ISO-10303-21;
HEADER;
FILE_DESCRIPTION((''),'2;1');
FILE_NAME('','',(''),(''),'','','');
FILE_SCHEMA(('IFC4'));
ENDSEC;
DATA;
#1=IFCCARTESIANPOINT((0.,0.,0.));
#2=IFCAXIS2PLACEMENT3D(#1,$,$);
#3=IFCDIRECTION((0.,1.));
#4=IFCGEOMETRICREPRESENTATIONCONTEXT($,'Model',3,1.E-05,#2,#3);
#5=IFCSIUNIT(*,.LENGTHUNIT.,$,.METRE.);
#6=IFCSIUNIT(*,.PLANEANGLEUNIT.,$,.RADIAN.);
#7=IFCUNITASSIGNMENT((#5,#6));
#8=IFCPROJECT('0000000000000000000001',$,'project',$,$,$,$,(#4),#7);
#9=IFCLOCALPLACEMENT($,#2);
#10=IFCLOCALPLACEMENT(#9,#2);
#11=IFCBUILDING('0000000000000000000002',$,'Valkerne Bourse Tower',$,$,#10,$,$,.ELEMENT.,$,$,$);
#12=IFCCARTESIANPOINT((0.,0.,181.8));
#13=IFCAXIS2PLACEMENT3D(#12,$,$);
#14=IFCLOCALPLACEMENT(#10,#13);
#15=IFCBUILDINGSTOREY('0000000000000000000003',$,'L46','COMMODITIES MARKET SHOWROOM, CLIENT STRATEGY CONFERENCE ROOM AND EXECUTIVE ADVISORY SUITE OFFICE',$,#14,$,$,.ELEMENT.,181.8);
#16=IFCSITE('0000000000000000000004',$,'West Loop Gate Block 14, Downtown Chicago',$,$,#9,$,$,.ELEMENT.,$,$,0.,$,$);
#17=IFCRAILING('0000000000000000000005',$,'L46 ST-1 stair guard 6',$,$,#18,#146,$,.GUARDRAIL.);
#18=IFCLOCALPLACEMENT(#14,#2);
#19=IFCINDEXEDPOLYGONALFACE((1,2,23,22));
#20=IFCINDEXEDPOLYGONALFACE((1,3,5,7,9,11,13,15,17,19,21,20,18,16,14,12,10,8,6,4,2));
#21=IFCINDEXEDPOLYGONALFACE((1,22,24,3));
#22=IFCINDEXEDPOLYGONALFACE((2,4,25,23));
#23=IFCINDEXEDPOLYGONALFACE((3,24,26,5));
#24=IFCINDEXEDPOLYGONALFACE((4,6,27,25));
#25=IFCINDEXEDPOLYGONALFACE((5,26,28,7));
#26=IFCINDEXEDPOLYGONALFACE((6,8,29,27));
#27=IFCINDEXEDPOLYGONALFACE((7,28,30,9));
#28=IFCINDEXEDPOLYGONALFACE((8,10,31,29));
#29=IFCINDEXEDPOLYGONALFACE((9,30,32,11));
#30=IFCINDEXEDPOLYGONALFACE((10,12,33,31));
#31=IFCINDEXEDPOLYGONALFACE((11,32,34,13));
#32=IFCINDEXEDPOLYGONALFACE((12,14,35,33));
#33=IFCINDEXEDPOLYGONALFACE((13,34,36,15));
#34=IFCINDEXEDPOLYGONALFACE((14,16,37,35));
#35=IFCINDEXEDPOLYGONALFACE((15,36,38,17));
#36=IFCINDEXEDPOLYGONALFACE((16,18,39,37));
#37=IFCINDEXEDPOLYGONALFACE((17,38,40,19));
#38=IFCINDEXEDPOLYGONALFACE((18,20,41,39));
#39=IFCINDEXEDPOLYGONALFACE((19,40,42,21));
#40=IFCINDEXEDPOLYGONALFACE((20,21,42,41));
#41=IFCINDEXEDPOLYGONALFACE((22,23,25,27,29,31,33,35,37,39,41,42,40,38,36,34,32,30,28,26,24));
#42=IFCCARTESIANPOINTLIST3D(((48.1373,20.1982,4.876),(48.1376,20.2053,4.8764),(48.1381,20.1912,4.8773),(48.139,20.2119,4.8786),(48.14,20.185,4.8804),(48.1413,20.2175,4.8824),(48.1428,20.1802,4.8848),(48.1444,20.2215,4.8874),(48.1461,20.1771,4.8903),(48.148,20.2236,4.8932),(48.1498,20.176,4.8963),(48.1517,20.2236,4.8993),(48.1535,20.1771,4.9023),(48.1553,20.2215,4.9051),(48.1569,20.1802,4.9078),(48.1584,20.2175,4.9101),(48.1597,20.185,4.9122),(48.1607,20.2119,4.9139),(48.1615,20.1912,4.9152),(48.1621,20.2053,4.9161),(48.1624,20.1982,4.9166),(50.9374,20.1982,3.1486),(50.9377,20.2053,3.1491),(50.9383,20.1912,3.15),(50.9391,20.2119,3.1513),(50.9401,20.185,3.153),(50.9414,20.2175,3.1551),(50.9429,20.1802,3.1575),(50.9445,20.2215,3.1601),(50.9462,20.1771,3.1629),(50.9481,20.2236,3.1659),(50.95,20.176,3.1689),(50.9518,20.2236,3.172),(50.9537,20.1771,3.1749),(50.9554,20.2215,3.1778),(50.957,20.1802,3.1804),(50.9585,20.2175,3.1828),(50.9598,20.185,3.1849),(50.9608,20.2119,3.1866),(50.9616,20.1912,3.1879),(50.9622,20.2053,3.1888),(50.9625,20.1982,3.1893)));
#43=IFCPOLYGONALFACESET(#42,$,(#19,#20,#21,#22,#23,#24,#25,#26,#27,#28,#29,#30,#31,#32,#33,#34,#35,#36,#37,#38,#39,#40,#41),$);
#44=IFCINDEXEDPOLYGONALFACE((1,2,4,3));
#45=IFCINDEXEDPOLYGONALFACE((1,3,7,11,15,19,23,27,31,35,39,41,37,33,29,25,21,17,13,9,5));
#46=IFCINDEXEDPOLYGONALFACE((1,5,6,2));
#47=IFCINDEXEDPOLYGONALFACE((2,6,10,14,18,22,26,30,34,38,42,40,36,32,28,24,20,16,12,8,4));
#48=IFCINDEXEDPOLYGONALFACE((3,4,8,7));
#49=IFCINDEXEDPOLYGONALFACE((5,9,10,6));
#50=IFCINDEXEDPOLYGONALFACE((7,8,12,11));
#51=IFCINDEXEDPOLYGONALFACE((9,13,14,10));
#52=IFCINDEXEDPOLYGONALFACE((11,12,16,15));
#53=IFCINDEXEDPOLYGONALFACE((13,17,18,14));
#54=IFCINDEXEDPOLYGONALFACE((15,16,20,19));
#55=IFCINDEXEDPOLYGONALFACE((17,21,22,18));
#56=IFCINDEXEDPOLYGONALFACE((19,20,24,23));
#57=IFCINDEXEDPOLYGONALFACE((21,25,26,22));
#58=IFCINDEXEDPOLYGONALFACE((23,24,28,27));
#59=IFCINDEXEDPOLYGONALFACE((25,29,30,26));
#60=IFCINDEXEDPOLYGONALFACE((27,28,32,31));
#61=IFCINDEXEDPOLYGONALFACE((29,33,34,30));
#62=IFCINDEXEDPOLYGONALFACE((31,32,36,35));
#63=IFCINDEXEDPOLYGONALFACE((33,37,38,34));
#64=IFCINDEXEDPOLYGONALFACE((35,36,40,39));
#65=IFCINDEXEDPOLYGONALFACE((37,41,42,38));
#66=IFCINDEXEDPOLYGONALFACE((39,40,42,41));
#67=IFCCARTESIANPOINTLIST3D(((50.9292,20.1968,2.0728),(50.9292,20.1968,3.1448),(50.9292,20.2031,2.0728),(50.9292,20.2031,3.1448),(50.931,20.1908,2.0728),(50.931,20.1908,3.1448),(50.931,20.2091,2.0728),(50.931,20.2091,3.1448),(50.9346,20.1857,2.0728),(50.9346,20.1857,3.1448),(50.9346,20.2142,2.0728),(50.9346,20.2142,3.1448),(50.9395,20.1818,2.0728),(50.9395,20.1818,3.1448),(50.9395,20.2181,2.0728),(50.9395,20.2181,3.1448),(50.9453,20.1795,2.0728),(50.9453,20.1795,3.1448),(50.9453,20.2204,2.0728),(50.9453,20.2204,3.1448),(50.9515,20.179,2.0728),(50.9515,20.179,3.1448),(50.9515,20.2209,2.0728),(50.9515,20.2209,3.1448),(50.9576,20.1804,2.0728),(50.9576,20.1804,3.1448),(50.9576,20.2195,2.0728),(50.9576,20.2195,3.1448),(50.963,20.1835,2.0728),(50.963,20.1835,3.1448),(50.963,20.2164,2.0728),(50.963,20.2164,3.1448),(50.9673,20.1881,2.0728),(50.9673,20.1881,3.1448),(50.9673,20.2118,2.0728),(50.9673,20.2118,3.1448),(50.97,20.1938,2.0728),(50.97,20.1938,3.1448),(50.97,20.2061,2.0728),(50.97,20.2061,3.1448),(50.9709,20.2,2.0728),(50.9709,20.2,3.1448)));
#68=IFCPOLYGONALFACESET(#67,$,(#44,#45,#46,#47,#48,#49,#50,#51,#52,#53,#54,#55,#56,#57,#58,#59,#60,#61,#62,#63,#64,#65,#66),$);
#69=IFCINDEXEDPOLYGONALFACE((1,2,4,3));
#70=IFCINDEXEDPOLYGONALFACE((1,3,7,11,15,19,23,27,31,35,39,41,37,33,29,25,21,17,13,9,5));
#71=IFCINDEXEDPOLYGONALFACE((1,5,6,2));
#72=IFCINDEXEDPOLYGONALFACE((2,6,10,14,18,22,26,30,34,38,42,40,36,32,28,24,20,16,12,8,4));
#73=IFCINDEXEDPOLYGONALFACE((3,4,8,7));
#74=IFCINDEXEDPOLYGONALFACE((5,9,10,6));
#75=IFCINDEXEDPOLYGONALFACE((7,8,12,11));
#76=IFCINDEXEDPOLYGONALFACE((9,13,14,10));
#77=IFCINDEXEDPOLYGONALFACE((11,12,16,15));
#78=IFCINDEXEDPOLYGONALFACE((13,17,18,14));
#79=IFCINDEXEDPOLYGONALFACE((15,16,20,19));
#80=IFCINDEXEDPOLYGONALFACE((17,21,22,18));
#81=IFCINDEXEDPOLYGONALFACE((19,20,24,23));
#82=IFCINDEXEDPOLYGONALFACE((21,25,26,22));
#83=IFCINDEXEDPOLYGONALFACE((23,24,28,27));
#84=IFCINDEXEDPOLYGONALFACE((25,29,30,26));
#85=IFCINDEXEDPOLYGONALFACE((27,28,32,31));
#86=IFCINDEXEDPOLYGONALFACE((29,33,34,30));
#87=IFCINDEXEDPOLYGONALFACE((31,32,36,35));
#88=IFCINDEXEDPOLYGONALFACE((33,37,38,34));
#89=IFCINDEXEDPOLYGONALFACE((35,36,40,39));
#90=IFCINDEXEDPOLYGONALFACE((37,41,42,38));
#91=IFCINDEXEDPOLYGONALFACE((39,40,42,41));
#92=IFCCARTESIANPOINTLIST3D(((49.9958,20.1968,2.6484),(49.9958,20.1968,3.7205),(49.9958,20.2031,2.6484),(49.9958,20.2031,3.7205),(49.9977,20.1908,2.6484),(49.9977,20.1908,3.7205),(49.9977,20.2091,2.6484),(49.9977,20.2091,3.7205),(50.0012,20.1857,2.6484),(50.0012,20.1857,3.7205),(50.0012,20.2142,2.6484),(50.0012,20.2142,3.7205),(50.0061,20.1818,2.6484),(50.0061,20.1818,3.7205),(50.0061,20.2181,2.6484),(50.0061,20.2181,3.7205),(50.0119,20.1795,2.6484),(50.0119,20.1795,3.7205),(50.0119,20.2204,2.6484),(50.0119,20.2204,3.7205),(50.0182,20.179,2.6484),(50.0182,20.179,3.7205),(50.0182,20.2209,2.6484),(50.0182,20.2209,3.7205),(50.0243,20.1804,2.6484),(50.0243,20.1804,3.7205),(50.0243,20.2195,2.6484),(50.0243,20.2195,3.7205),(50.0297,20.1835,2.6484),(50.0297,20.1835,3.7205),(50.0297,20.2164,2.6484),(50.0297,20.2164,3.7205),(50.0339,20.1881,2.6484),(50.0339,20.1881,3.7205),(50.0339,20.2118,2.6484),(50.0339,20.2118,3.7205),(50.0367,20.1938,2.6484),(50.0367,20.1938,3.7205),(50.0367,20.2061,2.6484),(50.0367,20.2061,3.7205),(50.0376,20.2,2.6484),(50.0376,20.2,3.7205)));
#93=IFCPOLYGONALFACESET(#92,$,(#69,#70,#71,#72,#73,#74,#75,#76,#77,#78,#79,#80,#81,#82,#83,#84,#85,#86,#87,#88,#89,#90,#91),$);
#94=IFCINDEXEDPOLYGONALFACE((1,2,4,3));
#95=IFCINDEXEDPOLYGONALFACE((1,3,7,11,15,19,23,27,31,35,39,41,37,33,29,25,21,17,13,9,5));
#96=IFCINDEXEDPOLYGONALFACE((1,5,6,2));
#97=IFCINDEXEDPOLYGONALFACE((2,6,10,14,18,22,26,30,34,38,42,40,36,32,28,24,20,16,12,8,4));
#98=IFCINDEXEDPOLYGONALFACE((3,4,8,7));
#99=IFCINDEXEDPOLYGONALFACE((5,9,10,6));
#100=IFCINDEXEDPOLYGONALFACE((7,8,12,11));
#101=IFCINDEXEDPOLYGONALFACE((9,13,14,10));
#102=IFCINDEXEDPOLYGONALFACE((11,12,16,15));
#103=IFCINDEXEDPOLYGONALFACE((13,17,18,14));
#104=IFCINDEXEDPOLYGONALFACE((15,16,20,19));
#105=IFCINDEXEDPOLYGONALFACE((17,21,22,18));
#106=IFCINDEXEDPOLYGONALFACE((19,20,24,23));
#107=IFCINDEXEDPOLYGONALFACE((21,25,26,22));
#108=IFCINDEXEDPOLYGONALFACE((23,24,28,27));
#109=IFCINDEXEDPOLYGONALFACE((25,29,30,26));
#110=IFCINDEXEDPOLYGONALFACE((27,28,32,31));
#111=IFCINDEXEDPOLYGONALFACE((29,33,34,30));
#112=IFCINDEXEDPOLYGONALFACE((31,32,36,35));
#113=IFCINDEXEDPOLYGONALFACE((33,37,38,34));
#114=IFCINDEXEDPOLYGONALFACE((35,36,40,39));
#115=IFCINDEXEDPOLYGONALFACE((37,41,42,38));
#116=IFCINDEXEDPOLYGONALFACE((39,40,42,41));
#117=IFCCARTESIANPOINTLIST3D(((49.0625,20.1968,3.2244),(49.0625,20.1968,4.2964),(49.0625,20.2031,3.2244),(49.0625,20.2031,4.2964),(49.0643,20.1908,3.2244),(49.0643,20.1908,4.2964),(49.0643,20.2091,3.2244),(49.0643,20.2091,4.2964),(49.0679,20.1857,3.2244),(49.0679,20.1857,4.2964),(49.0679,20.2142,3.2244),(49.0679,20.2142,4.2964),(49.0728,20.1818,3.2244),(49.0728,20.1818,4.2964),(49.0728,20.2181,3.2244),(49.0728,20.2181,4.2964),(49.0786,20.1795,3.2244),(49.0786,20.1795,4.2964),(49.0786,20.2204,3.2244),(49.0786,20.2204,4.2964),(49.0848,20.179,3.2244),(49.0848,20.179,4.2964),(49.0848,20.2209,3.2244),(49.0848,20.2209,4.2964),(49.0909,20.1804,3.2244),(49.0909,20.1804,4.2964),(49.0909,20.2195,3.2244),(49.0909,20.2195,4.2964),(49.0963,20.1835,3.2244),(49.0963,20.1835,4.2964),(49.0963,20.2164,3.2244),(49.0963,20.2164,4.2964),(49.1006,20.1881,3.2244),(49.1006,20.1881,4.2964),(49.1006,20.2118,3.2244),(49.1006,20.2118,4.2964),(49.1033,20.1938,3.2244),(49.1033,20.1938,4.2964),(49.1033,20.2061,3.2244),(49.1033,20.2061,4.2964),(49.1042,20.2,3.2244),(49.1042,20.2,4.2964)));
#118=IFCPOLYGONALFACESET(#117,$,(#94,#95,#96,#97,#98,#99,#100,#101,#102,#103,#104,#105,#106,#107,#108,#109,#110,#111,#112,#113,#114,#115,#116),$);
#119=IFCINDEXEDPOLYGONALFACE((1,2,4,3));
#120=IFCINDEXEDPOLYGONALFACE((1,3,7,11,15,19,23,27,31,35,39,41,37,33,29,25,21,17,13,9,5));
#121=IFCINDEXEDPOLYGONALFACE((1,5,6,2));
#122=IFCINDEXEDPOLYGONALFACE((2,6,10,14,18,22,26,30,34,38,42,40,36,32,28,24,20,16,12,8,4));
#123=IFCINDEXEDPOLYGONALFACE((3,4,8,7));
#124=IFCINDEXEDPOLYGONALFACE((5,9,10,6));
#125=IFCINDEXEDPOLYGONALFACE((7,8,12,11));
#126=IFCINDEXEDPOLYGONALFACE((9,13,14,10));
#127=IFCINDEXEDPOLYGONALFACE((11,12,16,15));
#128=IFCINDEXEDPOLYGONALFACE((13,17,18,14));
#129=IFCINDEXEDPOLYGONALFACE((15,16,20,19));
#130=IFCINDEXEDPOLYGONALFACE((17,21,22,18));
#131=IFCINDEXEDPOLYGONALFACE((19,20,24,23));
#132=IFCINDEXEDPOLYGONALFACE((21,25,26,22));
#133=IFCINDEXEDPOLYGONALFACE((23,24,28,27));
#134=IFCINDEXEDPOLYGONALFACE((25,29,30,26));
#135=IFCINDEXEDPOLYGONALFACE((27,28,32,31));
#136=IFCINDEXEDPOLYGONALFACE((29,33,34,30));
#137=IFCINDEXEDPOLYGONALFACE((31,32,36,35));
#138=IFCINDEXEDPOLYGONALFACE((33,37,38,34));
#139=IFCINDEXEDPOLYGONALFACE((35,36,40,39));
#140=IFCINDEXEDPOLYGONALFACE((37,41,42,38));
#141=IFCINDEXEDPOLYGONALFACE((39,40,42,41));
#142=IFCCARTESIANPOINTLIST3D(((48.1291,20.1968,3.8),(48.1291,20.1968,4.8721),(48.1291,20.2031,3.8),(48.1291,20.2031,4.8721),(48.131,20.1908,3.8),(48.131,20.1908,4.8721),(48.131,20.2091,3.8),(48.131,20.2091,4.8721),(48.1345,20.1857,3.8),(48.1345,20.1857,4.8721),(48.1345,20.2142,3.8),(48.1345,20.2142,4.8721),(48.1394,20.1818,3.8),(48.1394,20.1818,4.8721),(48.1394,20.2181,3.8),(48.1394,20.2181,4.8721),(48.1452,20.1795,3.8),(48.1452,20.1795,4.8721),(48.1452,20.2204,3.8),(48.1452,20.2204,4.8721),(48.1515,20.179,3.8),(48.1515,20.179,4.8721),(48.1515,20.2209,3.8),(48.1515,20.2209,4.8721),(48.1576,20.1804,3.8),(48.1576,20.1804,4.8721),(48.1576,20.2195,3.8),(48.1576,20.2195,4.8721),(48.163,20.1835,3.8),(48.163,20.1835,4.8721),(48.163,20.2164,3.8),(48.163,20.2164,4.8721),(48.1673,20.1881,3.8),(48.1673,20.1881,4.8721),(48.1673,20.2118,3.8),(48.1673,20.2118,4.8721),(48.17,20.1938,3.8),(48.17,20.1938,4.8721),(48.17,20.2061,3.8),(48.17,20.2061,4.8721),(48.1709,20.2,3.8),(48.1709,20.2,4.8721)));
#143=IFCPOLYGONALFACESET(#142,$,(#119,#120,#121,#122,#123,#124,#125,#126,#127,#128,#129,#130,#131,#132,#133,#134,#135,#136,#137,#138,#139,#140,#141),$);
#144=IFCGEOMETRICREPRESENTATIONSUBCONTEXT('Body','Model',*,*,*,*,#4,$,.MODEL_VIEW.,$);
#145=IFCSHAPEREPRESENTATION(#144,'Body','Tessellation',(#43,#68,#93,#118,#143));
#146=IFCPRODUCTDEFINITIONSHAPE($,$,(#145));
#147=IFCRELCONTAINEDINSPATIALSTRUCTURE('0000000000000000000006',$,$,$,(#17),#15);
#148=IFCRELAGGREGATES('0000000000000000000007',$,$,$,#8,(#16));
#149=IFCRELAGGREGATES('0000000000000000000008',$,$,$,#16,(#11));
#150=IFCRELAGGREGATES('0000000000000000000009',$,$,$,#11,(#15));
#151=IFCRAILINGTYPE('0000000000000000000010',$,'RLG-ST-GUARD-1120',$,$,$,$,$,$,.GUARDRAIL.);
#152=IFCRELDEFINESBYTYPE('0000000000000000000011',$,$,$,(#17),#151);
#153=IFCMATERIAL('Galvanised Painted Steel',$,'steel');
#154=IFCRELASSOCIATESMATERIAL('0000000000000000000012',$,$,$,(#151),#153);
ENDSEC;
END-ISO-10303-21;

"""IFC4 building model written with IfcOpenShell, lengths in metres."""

from ifc_helpers import new_model, si_unit, direction, frame, origin, origin_2d, place, context, subcontext, project, spatial, circle, extrude, material, type_object, element, save


model = new_model("IFC4")

# Units and contexts
model_context = context("Model", 3, precision=1e-05, world=origin(), true_north=direction((0.0, 1.0)))
body_context = subcontext(model_context, "Body", "Model", "MODEL_VIEW")
ifc_project = project(units=[si_unit("LENGTHUNIT", "METRE"), si_unit("PLANEANGLEUNIT", "RADIAN")], contexts=[model_context])

# Site, building, storey
site_placement = place(None, origin())
site = spatial("IfcSite", under=ifc_project, at=site_placement, Name="West Loop Gate Block 14, Downtown Chicago", CompositionType="ELEMENT", RefElevation=0.0)
building_placement = place(site_placement, origin())
building = spatial("IfcBuilding", under=site, at=building_placement, Name="Valkerne Bourse Tower", CompositionType="ELEMENT")
storey_placement = place(building_placement, frame((0.0, 0.0, 181.8)))
storey = spatial("IfcBuildingStorey", under=building, at=storey_placement, Name="L46", Description="COMMODITIES MARKET SHOWROOM, CLIENT STRATEGY CONFERENCE ROOM AND EXECUTIVE ADVISORY SUITE OFFICE", CompositionType="ELEMENT", Elevation=181.8)

# Shared definitions
ifc_material_1 = material(Name="Galvanised Painted Steel", Category="steel")

# Railing
railing_type_1 = type_object("IfcRailingType", Name="RLG-ST-GUARD-1120", PredefinedType="GUARDRAIL", material=ifc_material_1)
railing_1_placement = place(storey_placement, frame((50.95, 20.2, 2.0728)))
element("IfcRailing", 1, at=railing_1_placement, inside=storey, type_object=railing_type_1, Name="L46 ST-1 stair guard 6", PredefinedType="GUARDRAIL", context=body_context, shape_type="SweptSolid", body=[
    extrude(circle(Radius=0.0239, at=origin_2d()), frame((0.0, 0.0, 1.0962), z_axis=(-0.85109, 0.0, 0.52502), x_axis=(0.0, -1.0, 0.0)), (0.0, 0.0, 1.0), 3.29),
    extrude(circle(Radius=0.021, at=origin_2d()), origin(), (0.0, 0.0, 1.0), 1.072),
    extrude(circle(Radius=0.021, at=origin_2d()), frame((-0.9333, 0.0, 0.5757)), (0.0, 0.0, 1.0), 1.072),
    extrude(circle(Radius=0.021, at=origin_2d()), frame((-1.8667, 0.0, 1.1516)), (0.0, 0.0, 1.0), 1.072),
    extrude(circle(Radius=0.021, at=origin_2d()), frame((-2.8, 0.0, 1.7273)), (0.0, 0.0, 1.0), 1.072),
])

save(model, "model.ifc")
